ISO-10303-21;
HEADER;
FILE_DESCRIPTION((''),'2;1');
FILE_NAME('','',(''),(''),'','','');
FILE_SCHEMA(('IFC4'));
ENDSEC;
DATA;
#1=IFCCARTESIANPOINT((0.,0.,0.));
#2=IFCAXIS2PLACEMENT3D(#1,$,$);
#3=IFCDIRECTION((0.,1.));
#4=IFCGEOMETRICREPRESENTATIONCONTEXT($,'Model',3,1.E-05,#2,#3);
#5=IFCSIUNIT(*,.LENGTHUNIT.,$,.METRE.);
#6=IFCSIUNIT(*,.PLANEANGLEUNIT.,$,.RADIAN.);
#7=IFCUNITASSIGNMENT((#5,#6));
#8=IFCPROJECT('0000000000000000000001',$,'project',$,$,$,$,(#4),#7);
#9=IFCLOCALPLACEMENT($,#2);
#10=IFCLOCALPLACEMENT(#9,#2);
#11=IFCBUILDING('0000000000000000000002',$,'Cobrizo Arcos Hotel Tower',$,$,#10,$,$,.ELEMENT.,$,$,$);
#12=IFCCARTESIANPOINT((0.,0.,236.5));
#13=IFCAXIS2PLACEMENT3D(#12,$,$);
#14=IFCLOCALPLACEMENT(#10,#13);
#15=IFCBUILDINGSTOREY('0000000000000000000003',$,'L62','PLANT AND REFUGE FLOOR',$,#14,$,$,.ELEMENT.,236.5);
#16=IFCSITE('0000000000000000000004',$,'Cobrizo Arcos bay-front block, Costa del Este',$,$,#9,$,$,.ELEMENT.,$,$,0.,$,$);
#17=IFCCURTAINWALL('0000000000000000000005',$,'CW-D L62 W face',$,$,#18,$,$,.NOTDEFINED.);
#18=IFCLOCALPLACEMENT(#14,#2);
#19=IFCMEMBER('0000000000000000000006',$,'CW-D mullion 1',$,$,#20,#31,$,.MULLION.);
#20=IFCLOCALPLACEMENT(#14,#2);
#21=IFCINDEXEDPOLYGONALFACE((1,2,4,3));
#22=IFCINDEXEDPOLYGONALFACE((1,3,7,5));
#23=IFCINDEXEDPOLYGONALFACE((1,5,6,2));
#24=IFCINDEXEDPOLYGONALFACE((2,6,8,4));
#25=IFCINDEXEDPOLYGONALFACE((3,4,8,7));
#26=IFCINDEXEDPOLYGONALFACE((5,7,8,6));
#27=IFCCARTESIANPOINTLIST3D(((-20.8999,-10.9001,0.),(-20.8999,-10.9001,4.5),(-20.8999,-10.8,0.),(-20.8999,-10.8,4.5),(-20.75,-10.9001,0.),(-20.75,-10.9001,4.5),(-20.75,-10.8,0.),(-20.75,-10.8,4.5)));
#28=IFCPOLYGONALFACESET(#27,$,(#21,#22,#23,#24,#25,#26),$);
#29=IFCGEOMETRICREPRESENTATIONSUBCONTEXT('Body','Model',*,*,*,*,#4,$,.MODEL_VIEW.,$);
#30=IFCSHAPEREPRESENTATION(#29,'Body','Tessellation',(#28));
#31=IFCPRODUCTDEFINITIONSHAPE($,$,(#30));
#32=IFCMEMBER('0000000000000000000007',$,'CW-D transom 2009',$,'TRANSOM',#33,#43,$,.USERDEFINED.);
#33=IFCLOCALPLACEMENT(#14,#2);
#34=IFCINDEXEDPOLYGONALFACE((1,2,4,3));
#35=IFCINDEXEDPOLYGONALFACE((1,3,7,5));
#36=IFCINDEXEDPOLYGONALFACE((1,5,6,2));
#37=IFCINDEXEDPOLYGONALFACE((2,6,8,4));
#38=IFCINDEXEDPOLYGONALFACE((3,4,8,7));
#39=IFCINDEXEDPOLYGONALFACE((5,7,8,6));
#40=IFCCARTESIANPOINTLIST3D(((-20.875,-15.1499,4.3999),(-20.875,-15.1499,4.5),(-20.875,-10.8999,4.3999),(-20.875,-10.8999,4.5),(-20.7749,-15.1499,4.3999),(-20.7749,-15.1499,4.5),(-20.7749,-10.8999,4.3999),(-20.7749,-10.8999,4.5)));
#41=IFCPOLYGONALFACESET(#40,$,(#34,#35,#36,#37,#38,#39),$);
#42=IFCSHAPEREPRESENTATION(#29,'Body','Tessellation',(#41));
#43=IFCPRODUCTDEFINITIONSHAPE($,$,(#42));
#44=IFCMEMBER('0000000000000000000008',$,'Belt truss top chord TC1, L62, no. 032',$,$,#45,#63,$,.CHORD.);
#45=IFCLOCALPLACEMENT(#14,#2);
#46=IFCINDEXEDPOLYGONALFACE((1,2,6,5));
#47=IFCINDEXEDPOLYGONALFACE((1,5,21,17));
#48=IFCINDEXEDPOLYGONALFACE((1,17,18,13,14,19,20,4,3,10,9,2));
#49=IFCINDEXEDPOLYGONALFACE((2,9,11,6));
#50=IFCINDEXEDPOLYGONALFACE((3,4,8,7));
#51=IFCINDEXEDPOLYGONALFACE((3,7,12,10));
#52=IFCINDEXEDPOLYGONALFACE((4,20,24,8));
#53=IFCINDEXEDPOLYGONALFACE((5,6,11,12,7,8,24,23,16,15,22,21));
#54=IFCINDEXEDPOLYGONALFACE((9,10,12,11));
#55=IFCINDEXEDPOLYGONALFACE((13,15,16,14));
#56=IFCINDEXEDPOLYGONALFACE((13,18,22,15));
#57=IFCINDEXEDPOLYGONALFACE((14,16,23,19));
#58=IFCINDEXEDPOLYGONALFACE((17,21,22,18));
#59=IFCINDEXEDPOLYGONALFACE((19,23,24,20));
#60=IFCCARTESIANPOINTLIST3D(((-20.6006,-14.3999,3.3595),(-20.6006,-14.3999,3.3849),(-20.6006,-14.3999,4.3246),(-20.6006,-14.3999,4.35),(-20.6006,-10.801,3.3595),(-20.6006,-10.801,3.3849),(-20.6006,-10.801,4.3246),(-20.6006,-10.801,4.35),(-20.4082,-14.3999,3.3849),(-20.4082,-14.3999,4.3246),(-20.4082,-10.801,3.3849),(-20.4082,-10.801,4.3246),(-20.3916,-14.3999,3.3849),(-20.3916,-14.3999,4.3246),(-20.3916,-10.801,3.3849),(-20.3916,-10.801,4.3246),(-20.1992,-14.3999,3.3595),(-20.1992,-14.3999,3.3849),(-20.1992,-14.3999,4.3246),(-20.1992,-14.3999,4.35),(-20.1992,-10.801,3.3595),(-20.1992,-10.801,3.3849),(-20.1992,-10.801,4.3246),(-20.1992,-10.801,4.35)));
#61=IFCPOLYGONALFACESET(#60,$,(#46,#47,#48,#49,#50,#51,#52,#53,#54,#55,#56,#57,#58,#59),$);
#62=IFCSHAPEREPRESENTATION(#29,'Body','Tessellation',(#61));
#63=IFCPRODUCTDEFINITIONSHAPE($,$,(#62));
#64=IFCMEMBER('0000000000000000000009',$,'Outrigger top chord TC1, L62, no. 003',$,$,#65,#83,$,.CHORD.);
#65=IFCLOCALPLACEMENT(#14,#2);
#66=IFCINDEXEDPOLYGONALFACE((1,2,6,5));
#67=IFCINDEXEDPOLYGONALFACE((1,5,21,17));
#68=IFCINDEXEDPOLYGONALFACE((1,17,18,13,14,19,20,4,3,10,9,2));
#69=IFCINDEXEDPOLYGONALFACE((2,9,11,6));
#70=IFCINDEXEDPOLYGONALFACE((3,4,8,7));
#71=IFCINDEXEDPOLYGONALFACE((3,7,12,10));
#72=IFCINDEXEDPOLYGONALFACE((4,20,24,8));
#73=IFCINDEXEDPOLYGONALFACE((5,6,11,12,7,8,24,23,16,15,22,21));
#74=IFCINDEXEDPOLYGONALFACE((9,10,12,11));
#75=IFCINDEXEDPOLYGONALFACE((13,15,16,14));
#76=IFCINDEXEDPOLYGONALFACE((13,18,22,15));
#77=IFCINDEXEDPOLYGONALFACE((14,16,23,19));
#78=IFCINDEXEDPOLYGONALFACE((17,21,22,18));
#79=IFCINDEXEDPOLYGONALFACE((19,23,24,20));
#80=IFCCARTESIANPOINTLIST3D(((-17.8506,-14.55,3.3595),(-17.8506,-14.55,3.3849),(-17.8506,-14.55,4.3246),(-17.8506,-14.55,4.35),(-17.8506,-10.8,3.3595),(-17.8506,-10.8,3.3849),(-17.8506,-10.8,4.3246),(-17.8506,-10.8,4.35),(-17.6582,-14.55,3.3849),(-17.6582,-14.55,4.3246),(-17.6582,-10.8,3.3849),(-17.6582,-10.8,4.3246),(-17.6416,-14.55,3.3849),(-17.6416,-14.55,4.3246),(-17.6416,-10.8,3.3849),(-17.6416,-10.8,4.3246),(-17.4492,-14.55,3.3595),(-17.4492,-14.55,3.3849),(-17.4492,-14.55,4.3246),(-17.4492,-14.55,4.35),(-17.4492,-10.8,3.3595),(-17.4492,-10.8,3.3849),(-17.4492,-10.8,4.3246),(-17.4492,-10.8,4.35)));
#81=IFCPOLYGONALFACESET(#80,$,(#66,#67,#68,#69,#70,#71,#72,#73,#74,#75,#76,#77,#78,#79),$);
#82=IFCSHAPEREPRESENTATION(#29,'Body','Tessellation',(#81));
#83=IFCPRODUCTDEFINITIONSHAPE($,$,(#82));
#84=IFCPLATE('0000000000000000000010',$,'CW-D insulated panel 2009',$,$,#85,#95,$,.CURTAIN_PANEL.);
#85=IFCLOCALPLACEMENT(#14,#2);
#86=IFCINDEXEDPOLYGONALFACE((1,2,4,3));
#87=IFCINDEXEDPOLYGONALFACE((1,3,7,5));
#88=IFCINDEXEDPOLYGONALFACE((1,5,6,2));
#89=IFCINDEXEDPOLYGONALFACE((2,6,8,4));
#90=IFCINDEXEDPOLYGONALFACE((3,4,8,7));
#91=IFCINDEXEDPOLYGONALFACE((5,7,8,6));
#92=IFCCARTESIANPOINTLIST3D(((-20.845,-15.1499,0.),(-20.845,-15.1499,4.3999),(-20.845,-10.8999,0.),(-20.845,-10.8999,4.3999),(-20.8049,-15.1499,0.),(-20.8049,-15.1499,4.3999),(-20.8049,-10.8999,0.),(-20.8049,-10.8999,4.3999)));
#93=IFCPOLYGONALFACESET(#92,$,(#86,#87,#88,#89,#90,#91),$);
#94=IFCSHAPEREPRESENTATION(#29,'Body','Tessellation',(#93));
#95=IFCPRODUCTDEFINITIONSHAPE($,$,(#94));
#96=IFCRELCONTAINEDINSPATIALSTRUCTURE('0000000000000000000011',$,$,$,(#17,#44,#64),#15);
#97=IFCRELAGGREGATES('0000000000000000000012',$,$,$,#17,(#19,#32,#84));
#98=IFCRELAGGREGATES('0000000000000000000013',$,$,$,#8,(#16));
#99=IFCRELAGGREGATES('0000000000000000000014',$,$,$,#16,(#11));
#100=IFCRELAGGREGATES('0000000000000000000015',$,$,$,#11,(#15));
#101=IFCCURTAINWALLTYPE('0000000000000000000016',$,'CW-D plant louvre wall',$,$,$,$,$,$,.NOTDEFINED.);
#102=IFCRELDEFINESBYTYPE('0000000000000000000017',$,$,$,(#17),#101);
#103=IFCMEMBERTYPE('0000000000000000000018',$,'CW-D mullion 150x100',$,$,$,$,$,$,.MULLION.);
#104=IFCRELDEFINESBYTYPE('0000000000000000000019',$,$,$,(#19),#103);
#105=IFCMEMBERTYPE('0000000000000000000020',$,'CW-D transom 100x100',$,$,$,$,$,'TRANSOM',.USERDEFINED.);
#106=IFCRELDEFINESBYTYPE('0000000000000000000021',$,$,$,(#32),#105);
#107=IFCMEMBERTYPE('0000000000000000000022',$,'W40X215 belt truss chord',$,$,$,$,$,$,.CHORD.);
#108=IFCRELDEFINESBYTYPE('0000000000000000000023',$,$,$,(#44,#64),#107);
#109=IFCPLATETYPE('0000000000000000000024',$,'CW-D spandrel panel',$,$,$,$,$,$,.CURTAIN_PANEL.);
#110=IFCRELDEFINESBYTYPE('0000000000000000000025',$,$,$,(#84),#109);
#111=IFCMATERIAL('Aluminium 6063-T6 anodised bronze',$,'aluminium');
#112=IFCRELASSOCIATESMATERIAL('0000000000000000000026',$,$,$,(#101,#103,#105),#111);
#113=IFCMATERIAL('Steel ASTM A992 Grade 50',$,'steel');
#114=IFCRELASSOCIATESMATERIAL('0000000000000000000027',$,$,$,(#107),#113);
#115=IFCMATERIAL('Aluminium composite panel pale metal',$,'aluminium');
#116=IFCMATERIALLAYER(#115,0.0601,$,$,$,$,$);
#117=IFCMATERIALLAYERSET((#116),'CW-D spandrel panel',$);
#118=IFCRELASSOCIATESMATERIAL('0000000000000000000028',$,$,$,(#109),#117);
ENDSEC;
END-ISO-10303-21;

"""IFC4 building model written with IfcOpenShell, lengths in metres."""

from ifc_helpers import new_model, si_unit, direction, frame, origin, origin_2d, place, context, subcontext, project, spatial, rectangle, i_section, extrude, material, layer, layer_set, material_profile, profile_set, type_object, element, aggregate, save


model = new_model("IFC4")

# Units and contexts
model_context = context("Model", 3, precision=1e-05, world=origin(), true_north=direction((0.0, 1.0)))
body_context = subcontext(model_context, "Body", "Model", "MODEL_VIEW")
ifc_project = project(units=[si_unit("LENGTHUNIT", "METRE"), si_unit("PLANEANGLEUNIT", "RADIAN")], contexts=[model_context])

# Site, building, storey
site_placement = place(None, origin())
site = spatial("IfcSite", under=ifc_project, at=site_placement, Name="Cobrizo Arcos bay-front block, Costa del Este", CompositionType="ELEMENT", RefElevation=0.0)
building_placement = place(site_placement, origin())
building = spatial("IfcBuilding", under=site, at=building_placement, Name="Cobrizo Arcos Hotel Tower", CompositionType="ELEMENT")
storey_placement = place(building_placement, frame((0.0, 0.0, 236.5)))
storey = spatial("IfcBuildingStorey", under=building, at=storey_placement, Name="L62", Description="PLANT AND REFUGE FLOOR", CompositionType="ELEMENT", Elevation=236.5)

# Curtain wall, members
ifc_material_1 = material(Name="Aluminium 6063-T6 anodised bronze", Category="aluminium")
curtain_wall_type = type_object("IfcCurtainWallType", Name="CW-D plant louvre wall", PredefinedType="NOTDEFINED", material=ifc_material_1)
curtain_wall_placement = place(storey_placement, origin())
curtain_wall = element("IfcCurtainWall", 1, at=curtain_wall_placement, inside=storey, type_object=curtain_wall_type, Name="CW-D L62 W face", PredefinedType="NOTDEFINED")
ifc_material_profile_1 = material_profile(ifc_material_1, rectangle(XDim=0.1499, YDim=0.1001, at=origin_2d()), Name="CW-D mullion 150x100")
ifc_profile_set_1 = profile_set([ifc_material_profile_1], Name="Aluminium 6063-T6 anodised bronze")
member_type_1 = type_object("IfcMemberType", Name="CW-D mullion 150x100", PredefinedType="MULLION", material=ifc_profile_set_1)
member_1_placement = place(storey_placement, frame((-20.825, -10.8501, 0.0), z_axis=(0.0, 0.0, 1.0), x_axis=(-1.0, 0.0, 0.0)))
member_1 = element("IfcMember", 2, at=member_1_placement, type_object=member_type_1, Name="CW-D mullion 1", PredefinedType="MULLION", context=body_context, shape_type="SweptSolid", body=[
    extrude(rectangle(XDim=0.1499, YDim=0.1001, at=origin_2d()), origin(), (0.0, 0.0, 1.0), 4.5),
])
ifc_material_profile_2 = material_profile(ifc_material_1, rectangle(XDim=0.1001, YDim=0.1001, at=origin_2d()), Name="CW-D transom 100x100")
ifc_profile_set_2 = profile_set([ifc_material_profile_2], Name="Aluminium 6063-T6 anodised bronze")
member_type_2 = type_object("IfcMemberType", Name="CW-D transom 100x100", ElementType="TRANSOM", PredefinedType="USERDEFINED", material=ifc_profile_set_2)
member_2_placement = place(storey_placement, frame((-20.825, -10.8999, 4.45), z_axis=(0.0, -1.0, 0.0), x_axis=(1.0, 0.0, 0.0)))
member_2 = element("IfcMember", 3, at=member_2_placement, type_object=member_type_2, Name="CW-D transom 2009", ObjectType="TRANSOM", PredefinedType="USERDEFINED", context=body_context, shape_type="SweptSolid", body=[
    extrude(rectangle(XDim=0.1001, YDim=0.1001, at=origin_2d()), origin(), (0.0, 0.0, 1.0), 4.25),
])

# Members
ifc_material_2 = material(Name="Steel ASTM A992 Grade 50", Category="steel")
ifc_material_profile_3 = material_profile(ifc_material_2, i_section(OverallWidth=0.4014, OverallDepth=0.9905, WebThickness=0.0166, FlangeThickness=0.0254, at=origin_2d()), Name="W40X215")
ifc_profile_set_3 = profile_set([ifc_material_profile_3], Name="Steel ASTM A992 Grade 50")
member_type_3 = type_object("IfcMemberType", Name="W40X215 belt truss chord", PredefinedType="CHORD", material=ifc_profile_set_3)
member_3_placement = place(storey_placement, frame((-20.3999, -10.801, 3.8547), z_axis=(0.0, -1.0, 0.0), x_axis=(1.0, 0.0, 0.0)))
element("IfcMember", 4, at=member_3_placement, inside=storey, type_object=member_type_3, Name="Belt truss top chord TC1, L62, no. 032", PredefinedType="CHORD", context=body_context, shape_type="SweptSolid", body=[
    extrude(i_section(OverallWidth=0.4014, OverallDepth=0.9905, WebThickness=0.0166, FlangeThickness=0.0254, at=origin_2d()), origin(), (0.0, 0.0, 1.0), 3.5989),
])
member_4_placement = place(storey_placement, frame((-17.6499, -10.8, 3.8547), z_axis=(0.0, -1.0, 0.0), x_axis=(1.0, 0.0, 0.0)))
element("IfcMember", 5, at=member_4_placement, inside=storey, type_object=member_type_3, Name="Outrigger top chord TC1, L62, no. 003", PredefinedType="CHORD", context=body_context, shape_type="SweptSolid", body=[
    extrude(i_section(OverallWidth=0.4014, OverallDepth=0.9905, WebThickness=0.0166, FlangeThickness=0.0254, at=origin_2d()), origin(), (0.0, 0.0, 1.0), 3.75),
])

# Plate
ifc_material_3 = material(Name="Aluminium composite panel pale metal", Category="aluminium")
ifc_layer_1 = layer(ifc_material_3, 0.0601)
ifc_layer_set_1 = layer_set([ifc_layer_1], Name="CW-D spandrel panel")
plate_type = type_object("IfcPlateType", Name="CW-D spandrel panel", PredefinedType="CURTAIN_PANEL", material=ifc_layer_set_1)
plate_placement = place(storey_placement, frame((-20.825, -13.0249, 0.0), z_axis=(0.0, 0.0, 1.0), x_axis=(0.0, -1.0, 0.0)))
plate = element("IfcPlate", 6, at=plate_placement, type_object=plate_type, Name="CW-D insulated panel 2009", PredefinedType="CURTAIN_PANEL", context=body_context, shape_type="SweptSolid", body=[
    extrude(rectangle(XDim=4.25, YDim=0.04, at=origin_2d()), origin(), (0.0, 0.0, 1.0), 4.3999),
])
aggregate(curtain_wall, [member_1, member_2, plate])

save(model, "model.ifc")
